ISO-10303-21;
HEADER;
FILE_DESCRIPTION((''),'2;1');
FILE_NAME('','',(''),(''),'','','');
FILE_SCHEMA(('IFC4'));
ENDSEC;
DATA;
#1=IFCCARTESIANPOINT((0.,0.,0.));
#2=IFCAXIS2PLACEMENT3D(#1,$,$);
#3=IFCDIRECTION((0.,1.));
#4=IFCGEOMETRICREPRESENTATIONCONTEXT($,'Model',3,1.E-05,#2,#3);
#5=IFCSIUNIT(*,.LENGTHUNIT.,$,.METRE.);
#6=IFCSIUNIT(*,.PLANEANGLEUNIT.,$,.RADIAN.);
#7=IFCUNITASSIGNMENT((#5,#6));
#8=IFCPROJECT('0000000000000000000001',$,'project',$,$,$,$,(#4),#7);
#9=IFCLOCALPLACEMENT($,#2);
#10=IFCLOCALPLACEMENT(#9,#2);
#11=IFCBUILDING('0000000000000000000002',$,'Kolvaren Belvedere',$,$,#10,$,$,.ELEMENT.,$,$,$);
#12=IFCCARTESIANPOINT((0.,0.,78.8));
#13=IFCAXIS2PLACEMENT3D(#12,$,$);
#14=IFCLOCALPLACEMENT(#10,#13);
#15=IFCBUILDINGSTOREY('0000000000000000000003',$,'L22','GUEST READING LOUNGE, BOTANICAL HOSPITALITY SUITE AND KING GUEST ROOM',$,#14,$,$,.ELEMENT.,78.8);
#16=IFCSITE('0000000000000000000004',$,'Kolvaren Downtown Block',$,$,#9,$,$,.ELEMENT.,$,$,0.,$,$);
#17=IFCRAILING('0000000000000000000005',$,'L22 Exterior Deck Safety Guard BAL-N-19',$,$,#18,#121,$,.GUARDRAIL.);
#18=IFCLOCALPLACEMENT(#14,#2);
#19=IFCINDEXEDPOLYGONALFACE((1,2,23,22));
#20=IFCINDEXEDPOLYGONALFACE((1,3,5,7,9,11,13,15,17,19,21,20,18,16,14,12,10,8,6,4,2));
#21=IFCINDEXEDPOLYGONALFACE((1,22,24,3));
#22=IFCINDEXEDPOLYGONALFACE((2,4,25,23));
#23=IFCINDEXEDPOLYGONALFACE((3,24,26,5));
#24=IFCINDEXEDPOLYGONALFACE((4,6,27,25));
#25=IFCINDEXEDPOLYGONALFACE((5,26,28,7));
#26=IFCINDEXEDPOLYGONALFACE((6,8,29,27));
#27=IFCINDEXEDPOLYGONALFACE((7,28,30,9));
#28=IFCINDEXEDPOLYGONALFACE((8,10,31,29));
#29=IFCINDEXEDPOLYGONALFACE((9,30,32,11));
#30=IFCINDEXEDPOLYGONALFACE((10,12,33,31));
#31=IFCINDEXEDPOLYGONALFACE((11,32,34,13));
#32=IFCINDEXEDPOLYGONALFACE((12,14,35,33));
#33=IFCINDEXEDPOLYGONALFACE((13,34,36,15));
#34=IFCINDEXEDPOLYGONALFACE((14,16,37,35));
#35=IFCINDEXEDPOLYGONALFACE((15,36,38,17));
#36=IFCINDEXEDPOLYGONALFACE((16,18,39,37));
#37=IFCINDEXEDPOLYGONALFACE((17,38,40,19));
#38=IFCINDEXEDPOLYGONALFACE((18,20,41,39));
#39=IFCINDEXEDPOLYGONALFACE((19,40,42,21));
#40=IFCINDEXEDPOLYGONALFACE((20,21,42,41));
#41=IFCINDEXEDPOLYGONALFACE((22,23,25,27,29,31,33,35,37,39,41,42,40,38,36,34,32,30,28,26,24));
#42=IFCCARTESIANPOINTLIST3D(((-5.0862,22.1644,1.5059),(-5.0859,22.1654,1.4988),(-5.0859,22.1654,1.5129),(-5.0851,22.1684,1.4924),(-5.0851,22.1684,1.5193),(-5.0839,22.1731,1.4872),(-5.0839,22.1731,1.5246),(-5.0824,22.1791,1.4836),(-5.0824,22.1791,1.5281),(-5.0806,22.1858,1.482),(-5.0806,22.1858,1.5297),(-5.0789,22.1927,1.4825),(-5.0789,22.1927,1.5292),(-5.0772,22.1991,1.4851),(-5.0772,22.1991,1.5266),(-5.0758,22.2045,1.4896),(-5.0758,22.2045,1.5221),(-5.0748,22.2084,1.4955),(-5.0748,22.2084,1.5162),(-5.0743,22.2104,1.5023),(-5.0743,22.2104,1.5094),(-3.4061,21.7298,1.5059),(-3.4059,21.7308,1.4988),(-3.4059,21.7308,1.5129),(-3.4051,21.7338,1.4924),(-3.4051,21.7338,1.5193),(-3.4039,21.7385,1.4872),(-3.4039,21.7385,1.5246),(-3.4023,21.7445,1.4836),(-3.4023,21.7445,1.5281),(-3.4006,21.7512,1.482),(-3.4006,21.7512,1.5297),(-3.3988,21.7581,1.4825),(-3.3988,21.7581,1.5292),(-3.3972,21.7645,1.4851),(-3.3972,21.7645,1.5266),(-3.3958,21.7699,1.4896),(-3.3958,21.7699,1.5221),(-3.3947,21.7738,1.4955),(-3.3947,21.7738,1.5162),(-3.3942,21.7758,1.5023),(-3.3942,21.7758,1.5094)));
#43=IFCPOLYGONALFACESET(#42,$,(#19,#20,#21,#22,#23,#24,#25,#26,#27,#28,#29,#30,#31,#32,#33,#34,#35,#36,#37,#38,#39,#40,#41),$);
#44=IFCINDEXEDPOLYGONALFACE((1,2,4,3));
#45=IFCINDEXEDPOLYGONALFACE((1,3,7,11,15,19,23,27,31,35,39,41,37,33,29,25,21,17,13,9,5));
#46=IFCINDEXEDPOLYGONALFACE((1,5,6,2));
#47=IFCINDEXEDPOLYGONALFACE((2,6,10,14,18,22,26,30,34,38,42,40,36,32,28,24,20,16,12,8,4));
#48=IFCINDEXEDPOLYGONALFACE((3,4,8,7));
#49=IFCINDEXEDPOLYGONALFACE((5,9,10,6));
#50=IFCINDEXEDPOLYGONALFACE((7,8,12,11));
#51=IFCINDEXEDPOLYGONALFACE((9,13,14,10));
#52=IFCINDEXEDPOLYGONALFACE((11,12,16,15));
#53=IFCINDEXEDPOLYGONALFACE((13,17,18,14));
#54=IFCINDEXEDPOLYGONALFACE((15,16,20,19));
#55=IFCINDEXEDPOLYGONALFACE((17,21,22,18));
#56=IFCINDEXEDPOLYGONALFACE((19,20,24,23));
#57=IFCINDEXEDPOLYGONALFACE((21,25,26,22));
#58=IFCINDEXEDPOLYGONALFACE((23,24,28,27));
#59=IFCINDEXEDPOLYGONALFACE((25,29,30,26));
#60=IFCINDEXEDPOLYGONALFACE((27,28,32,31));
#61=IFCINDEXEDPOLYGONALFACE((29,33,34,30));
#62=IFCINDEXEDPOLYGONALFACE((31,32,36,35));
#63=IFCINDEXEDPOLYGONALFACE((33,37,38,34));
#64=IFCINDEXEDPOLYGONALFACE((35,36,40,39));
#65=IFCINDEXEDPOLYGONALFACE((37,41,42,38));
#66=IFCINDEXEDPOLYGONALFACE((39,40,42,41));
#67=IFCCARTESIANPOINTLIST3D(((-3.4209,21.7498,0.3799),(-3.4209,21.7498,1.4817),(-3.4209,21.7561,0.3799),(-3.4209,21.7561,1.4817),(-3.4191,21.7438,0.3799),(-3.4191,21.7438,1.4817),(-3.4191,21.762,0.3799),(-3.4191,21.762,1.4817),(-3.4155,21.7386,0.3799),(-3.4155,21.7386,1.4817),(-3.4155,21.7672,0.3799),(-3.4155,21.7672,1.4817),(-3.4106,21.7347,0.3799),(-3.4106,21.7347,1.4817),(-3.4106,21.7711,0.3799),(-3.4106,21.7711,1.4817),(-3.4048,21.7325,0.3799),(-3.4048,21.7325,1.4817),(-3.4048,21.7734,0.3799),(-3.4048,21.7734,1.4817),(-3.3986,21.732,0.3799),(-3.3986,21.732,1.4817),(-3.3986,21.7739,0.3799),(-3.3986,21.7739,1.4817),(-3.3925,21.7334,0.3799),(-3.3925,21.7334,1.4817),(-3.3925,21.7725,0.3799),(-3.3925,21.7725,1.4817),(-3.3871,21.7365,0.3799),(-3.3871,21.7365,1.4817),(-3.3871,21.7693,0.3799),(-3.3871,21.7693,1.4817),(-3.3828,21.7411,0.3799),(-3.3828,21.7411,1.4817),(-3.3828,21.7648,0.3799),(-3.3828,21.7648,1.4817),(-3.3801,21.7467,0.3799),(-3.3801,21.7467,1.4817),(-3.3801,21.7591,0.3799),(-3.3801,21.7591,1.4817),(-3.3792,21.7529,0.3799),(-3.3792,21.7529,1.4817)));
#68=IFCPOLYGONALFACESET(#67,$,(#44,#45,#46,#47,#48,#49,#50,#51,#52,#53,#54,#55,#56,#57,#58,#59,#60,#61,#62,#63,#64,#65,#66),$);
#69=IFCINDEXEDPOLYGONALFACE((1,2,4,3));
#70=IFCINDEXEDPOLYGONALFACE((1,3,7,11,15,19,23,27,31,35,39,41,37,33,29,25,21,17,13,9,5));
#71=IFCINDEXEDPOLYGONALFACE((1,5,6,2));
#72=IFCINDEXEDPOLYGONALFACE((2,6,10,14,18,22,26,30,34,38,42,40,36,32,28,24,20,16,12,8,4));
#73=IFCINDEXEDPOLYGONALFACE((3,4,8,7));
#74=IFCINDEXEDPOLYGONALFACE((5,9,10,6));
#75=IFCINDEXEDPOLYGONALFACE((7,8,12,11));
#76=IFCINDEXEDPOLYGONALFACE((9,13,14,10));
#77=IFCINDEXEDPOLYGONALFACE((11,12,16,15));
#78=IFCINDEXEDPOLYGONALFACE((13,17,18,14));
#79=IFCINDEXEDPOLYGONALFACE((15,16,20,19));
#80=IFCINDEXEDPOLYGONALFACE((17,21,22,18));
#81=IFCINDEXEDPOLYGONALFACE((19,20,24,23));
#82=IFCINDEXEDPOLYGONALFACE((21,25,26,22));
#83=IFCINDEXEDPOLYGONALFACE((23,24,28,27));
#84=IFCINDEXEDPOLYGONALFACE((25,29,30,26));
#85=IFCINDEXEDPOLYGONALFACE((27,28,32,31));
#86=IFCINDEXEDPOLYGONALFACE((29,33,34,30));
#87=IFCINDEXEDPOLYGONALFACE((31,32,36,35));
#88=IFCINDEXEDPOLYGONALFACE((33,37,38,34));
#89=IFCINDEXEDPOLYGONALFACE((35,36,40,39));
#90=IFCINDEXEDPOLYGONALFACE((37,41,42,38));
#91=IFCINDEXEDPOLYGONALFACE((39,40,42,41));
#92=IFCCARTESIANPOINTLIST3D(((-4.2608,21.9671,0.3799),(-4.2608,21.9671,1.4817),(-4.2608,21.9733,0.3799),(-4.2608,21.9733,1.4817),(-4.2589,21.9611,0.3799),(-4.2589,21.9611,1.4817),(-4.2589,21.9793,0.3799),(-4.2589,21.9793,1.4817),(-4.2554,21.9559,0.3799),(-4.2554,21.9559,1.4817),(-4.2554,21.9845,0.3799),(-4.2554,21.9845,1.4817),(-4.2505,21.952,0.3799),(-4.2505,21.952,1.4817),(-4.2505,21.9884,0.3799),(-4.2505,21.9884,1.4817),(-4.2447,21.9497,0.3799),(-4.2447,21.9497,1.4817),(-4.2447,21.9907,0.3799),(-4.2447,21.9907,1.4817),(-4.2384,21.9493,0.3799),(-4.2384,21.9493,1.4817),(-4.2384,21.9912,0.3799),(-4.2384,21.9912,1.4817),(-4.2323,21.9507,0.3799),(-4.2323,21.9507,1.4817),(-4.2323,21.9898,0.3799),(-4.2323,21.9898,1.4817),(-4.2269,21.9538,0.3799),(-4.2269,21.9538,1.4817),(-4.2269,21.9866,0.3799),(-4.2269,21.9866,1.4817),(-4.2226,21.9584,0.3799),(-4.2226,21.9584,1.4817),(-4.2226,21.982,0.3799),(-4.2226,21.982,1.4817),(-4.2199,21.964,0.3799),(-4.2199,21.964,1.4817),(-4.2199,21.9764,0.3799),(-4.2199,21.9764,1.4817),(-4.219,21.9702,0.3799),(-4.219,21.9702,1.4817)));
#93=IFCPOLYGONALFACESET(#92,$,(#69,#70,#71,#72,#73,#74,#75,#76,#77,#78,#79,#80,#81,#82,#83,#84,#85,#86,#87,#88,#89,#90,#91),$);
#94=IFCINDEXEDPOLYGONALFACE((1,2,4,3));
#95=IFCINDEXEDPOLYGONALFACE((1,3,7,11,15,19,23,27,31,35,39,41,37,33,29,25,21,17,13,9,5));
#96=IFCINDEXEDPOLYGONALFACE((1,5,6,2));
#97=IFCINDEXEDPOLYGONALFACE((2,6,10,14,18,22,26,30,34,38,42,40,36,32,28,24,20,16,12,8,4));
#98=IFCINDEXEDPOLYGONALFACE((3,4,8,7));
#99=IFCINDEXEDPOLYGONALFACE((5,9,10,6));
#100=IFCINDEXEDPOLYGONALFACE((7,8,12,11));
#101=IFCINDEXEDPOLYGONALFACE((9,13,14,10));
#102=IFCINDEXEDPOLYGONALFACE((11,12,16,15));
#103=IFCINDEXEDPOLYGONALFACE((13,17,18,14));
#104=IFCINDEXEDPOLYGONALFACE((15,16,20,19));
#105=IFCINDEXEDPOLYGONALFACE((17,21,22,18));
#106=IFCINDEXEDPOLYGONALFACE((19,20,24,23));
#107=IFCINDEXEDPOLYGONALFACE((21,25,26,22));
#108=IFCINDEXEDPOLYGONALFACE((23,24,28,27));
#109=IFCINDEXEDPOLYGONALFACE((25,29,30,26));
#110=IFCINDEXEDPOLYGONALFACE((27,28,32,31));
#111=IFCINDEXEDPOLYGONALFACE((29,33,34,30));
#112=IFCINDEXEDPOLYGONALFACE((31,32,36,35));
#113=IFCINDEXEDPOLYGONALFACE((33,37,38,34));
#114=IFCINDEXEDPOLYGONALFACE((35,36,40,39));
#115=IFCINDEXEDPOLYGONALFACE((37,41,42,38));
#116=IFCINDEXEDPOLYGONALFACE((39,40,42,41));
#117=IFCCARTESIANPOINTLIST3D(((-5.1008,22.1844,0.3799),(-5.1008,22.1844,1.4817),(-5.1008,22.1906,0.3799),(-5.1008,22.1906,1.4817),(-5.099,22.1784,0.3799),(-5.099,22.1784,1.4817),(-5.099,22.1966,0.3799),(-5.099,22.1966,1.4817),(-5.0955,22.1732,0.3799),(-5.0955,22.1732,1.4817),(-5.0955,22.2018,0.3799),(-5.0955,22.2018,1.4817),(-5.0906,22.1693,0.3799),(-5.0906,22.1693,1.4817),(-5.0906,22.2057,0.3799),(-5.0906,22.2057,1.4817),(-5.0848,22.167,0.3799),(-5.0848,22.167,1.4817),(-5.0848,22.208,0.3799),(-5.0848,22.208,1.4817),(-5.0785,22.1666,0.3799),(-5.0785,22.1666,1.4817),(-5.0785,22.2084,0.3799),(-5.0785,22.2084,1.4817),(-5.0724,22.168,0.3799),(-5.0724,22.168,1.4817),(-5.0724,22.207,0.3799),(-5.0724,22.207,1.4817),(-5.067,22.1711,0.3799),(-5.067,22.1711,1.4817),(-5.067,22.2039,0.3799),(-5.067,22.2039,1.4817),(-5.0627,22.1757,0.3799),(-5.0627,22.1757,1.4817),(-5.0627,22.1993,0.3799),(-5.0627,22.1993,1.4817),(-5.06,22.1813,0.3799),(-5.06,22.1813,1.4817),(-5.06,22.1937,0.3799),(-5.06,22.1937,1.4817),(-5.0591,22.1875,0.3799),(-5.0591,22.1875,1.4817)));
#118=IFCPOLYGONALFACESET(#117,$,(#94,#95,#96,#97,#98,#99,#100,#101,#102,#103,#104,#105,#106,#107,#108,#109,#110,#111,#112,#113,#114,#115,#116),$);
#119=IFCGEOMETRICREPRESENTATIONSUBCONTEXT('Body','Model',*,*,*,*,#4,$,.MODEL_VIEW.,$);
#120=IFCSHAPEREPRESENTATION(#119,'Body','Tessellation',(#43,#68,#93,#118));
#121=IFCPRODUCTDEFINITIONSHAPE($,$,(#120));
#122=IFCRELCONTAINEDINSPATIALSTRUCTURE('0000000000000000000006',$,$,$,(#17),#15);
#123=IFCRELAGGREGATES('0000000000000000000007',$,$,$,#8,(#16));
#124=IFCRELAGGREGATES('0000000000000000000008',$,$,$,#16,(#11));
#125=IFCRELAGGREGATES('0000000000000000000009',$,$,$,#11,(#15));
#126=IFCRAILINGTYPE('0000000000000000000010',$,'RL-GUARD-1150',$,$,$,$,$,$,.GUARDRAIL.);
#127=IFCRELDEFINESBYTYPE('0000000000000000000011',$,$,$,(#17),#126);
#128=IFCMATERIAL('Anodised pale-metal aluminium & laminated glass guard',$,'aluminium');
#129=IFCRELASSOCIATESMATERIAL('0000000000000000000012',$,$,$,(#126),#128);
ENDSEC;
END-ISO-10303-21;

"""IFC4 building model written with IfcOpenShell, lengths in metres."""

from ifc_helpers import new_model, si_unit, direction, frame, origin, origin_2d, place, context, subcontext, project, spatial, circle, extrude, material, type_object, element, save


model = new_model("IFC4")

# Units and contexts
model_context = context("Model", 3, precision=1e-05, world=origin(), true_north=direction((0.0, 1.0)))
body_context = subcontext(model_context, "Body", "Model", "MODEL_VIEW")
ifc_project = project(units=[si_unit("LENGTHUNIT", "METRE"), si_unit("PLANEANGLEUNIT", "RADIAN")], contexts=[model_context])

# Site, building, storey
site_placement = place(None, origin())
site = spatial("IfcSite", under=ifc_project, at=site_placement, Name="Kolvaren Downtown Block", CompositionType="ELEMENT", RefElevation=0.0)
building_placement = place(site_placement, origin())
building = spatial("IfcBuilding", under=site, at=building_placement, Name="Kolvaren Belvedere", CompositionType="ELEMENT")
storey_placement = place(building_placement, frame((0.0, 0.0, 78.8)))
storey = spatial("IfcBuildingStorey", under=building, at=storey_placement, Name="L22", Description="GUEST READING LOUNGE, BOTANICAL HOSPITALITY SUITE AND KING GUEST ROOM", CompositionType="ELEMENT", Elevation=78.8)

# Railing
ifc_material_1 = material(Name="Anodised pale-metal aluminium & laminated glass guard", Category="aluminium")
railing_type = type_object("IfcRailingType", Name="RL-GUARD-1150", PredefinedType="GUARDRAIL", material=ifc_material_1)
railing_1_placement = place(storey_placement, frame((-3.4001, 21.7529, 0.3799)))
element("IfcRailing", 1, at=railing_1_placement, inside=storey, type_object=railing_type, Name="L22 Exterior Deck Safety Guard BAL-N-19", PredefinedType="GUARDRAIL", context=body_context, shape_type="SweptSolid", body=[
    extrude(circle(Radius=0.0239, at=origin_2d()), frame((0.0, 0.0, 1.126), z_axis=(-0.968132, 0.25044, 0.0), x_axis=(-0.25044, -0.968132, 0.0)), (0.0, 0.0, 1.0), 1.7354),
    extrude(circle(Radius=0.021, at=origin_2d()), origin(), (0.0, 0.0, 1.0), 1.1018),
    extrude(circle(Radius=0.021, at=origin_2d()), frame((-0.8398, 0.2173, 0.0)), (0.0, 0.0, 1.0), 1.1018),
    extrude(circle(Radius=0.021, at=origin_2d()), frame((-1.6799, 0.4346, 0.0)), (0.0, 0.0, 1.0), 1.1018),
])

save(model, "model.ifc")
